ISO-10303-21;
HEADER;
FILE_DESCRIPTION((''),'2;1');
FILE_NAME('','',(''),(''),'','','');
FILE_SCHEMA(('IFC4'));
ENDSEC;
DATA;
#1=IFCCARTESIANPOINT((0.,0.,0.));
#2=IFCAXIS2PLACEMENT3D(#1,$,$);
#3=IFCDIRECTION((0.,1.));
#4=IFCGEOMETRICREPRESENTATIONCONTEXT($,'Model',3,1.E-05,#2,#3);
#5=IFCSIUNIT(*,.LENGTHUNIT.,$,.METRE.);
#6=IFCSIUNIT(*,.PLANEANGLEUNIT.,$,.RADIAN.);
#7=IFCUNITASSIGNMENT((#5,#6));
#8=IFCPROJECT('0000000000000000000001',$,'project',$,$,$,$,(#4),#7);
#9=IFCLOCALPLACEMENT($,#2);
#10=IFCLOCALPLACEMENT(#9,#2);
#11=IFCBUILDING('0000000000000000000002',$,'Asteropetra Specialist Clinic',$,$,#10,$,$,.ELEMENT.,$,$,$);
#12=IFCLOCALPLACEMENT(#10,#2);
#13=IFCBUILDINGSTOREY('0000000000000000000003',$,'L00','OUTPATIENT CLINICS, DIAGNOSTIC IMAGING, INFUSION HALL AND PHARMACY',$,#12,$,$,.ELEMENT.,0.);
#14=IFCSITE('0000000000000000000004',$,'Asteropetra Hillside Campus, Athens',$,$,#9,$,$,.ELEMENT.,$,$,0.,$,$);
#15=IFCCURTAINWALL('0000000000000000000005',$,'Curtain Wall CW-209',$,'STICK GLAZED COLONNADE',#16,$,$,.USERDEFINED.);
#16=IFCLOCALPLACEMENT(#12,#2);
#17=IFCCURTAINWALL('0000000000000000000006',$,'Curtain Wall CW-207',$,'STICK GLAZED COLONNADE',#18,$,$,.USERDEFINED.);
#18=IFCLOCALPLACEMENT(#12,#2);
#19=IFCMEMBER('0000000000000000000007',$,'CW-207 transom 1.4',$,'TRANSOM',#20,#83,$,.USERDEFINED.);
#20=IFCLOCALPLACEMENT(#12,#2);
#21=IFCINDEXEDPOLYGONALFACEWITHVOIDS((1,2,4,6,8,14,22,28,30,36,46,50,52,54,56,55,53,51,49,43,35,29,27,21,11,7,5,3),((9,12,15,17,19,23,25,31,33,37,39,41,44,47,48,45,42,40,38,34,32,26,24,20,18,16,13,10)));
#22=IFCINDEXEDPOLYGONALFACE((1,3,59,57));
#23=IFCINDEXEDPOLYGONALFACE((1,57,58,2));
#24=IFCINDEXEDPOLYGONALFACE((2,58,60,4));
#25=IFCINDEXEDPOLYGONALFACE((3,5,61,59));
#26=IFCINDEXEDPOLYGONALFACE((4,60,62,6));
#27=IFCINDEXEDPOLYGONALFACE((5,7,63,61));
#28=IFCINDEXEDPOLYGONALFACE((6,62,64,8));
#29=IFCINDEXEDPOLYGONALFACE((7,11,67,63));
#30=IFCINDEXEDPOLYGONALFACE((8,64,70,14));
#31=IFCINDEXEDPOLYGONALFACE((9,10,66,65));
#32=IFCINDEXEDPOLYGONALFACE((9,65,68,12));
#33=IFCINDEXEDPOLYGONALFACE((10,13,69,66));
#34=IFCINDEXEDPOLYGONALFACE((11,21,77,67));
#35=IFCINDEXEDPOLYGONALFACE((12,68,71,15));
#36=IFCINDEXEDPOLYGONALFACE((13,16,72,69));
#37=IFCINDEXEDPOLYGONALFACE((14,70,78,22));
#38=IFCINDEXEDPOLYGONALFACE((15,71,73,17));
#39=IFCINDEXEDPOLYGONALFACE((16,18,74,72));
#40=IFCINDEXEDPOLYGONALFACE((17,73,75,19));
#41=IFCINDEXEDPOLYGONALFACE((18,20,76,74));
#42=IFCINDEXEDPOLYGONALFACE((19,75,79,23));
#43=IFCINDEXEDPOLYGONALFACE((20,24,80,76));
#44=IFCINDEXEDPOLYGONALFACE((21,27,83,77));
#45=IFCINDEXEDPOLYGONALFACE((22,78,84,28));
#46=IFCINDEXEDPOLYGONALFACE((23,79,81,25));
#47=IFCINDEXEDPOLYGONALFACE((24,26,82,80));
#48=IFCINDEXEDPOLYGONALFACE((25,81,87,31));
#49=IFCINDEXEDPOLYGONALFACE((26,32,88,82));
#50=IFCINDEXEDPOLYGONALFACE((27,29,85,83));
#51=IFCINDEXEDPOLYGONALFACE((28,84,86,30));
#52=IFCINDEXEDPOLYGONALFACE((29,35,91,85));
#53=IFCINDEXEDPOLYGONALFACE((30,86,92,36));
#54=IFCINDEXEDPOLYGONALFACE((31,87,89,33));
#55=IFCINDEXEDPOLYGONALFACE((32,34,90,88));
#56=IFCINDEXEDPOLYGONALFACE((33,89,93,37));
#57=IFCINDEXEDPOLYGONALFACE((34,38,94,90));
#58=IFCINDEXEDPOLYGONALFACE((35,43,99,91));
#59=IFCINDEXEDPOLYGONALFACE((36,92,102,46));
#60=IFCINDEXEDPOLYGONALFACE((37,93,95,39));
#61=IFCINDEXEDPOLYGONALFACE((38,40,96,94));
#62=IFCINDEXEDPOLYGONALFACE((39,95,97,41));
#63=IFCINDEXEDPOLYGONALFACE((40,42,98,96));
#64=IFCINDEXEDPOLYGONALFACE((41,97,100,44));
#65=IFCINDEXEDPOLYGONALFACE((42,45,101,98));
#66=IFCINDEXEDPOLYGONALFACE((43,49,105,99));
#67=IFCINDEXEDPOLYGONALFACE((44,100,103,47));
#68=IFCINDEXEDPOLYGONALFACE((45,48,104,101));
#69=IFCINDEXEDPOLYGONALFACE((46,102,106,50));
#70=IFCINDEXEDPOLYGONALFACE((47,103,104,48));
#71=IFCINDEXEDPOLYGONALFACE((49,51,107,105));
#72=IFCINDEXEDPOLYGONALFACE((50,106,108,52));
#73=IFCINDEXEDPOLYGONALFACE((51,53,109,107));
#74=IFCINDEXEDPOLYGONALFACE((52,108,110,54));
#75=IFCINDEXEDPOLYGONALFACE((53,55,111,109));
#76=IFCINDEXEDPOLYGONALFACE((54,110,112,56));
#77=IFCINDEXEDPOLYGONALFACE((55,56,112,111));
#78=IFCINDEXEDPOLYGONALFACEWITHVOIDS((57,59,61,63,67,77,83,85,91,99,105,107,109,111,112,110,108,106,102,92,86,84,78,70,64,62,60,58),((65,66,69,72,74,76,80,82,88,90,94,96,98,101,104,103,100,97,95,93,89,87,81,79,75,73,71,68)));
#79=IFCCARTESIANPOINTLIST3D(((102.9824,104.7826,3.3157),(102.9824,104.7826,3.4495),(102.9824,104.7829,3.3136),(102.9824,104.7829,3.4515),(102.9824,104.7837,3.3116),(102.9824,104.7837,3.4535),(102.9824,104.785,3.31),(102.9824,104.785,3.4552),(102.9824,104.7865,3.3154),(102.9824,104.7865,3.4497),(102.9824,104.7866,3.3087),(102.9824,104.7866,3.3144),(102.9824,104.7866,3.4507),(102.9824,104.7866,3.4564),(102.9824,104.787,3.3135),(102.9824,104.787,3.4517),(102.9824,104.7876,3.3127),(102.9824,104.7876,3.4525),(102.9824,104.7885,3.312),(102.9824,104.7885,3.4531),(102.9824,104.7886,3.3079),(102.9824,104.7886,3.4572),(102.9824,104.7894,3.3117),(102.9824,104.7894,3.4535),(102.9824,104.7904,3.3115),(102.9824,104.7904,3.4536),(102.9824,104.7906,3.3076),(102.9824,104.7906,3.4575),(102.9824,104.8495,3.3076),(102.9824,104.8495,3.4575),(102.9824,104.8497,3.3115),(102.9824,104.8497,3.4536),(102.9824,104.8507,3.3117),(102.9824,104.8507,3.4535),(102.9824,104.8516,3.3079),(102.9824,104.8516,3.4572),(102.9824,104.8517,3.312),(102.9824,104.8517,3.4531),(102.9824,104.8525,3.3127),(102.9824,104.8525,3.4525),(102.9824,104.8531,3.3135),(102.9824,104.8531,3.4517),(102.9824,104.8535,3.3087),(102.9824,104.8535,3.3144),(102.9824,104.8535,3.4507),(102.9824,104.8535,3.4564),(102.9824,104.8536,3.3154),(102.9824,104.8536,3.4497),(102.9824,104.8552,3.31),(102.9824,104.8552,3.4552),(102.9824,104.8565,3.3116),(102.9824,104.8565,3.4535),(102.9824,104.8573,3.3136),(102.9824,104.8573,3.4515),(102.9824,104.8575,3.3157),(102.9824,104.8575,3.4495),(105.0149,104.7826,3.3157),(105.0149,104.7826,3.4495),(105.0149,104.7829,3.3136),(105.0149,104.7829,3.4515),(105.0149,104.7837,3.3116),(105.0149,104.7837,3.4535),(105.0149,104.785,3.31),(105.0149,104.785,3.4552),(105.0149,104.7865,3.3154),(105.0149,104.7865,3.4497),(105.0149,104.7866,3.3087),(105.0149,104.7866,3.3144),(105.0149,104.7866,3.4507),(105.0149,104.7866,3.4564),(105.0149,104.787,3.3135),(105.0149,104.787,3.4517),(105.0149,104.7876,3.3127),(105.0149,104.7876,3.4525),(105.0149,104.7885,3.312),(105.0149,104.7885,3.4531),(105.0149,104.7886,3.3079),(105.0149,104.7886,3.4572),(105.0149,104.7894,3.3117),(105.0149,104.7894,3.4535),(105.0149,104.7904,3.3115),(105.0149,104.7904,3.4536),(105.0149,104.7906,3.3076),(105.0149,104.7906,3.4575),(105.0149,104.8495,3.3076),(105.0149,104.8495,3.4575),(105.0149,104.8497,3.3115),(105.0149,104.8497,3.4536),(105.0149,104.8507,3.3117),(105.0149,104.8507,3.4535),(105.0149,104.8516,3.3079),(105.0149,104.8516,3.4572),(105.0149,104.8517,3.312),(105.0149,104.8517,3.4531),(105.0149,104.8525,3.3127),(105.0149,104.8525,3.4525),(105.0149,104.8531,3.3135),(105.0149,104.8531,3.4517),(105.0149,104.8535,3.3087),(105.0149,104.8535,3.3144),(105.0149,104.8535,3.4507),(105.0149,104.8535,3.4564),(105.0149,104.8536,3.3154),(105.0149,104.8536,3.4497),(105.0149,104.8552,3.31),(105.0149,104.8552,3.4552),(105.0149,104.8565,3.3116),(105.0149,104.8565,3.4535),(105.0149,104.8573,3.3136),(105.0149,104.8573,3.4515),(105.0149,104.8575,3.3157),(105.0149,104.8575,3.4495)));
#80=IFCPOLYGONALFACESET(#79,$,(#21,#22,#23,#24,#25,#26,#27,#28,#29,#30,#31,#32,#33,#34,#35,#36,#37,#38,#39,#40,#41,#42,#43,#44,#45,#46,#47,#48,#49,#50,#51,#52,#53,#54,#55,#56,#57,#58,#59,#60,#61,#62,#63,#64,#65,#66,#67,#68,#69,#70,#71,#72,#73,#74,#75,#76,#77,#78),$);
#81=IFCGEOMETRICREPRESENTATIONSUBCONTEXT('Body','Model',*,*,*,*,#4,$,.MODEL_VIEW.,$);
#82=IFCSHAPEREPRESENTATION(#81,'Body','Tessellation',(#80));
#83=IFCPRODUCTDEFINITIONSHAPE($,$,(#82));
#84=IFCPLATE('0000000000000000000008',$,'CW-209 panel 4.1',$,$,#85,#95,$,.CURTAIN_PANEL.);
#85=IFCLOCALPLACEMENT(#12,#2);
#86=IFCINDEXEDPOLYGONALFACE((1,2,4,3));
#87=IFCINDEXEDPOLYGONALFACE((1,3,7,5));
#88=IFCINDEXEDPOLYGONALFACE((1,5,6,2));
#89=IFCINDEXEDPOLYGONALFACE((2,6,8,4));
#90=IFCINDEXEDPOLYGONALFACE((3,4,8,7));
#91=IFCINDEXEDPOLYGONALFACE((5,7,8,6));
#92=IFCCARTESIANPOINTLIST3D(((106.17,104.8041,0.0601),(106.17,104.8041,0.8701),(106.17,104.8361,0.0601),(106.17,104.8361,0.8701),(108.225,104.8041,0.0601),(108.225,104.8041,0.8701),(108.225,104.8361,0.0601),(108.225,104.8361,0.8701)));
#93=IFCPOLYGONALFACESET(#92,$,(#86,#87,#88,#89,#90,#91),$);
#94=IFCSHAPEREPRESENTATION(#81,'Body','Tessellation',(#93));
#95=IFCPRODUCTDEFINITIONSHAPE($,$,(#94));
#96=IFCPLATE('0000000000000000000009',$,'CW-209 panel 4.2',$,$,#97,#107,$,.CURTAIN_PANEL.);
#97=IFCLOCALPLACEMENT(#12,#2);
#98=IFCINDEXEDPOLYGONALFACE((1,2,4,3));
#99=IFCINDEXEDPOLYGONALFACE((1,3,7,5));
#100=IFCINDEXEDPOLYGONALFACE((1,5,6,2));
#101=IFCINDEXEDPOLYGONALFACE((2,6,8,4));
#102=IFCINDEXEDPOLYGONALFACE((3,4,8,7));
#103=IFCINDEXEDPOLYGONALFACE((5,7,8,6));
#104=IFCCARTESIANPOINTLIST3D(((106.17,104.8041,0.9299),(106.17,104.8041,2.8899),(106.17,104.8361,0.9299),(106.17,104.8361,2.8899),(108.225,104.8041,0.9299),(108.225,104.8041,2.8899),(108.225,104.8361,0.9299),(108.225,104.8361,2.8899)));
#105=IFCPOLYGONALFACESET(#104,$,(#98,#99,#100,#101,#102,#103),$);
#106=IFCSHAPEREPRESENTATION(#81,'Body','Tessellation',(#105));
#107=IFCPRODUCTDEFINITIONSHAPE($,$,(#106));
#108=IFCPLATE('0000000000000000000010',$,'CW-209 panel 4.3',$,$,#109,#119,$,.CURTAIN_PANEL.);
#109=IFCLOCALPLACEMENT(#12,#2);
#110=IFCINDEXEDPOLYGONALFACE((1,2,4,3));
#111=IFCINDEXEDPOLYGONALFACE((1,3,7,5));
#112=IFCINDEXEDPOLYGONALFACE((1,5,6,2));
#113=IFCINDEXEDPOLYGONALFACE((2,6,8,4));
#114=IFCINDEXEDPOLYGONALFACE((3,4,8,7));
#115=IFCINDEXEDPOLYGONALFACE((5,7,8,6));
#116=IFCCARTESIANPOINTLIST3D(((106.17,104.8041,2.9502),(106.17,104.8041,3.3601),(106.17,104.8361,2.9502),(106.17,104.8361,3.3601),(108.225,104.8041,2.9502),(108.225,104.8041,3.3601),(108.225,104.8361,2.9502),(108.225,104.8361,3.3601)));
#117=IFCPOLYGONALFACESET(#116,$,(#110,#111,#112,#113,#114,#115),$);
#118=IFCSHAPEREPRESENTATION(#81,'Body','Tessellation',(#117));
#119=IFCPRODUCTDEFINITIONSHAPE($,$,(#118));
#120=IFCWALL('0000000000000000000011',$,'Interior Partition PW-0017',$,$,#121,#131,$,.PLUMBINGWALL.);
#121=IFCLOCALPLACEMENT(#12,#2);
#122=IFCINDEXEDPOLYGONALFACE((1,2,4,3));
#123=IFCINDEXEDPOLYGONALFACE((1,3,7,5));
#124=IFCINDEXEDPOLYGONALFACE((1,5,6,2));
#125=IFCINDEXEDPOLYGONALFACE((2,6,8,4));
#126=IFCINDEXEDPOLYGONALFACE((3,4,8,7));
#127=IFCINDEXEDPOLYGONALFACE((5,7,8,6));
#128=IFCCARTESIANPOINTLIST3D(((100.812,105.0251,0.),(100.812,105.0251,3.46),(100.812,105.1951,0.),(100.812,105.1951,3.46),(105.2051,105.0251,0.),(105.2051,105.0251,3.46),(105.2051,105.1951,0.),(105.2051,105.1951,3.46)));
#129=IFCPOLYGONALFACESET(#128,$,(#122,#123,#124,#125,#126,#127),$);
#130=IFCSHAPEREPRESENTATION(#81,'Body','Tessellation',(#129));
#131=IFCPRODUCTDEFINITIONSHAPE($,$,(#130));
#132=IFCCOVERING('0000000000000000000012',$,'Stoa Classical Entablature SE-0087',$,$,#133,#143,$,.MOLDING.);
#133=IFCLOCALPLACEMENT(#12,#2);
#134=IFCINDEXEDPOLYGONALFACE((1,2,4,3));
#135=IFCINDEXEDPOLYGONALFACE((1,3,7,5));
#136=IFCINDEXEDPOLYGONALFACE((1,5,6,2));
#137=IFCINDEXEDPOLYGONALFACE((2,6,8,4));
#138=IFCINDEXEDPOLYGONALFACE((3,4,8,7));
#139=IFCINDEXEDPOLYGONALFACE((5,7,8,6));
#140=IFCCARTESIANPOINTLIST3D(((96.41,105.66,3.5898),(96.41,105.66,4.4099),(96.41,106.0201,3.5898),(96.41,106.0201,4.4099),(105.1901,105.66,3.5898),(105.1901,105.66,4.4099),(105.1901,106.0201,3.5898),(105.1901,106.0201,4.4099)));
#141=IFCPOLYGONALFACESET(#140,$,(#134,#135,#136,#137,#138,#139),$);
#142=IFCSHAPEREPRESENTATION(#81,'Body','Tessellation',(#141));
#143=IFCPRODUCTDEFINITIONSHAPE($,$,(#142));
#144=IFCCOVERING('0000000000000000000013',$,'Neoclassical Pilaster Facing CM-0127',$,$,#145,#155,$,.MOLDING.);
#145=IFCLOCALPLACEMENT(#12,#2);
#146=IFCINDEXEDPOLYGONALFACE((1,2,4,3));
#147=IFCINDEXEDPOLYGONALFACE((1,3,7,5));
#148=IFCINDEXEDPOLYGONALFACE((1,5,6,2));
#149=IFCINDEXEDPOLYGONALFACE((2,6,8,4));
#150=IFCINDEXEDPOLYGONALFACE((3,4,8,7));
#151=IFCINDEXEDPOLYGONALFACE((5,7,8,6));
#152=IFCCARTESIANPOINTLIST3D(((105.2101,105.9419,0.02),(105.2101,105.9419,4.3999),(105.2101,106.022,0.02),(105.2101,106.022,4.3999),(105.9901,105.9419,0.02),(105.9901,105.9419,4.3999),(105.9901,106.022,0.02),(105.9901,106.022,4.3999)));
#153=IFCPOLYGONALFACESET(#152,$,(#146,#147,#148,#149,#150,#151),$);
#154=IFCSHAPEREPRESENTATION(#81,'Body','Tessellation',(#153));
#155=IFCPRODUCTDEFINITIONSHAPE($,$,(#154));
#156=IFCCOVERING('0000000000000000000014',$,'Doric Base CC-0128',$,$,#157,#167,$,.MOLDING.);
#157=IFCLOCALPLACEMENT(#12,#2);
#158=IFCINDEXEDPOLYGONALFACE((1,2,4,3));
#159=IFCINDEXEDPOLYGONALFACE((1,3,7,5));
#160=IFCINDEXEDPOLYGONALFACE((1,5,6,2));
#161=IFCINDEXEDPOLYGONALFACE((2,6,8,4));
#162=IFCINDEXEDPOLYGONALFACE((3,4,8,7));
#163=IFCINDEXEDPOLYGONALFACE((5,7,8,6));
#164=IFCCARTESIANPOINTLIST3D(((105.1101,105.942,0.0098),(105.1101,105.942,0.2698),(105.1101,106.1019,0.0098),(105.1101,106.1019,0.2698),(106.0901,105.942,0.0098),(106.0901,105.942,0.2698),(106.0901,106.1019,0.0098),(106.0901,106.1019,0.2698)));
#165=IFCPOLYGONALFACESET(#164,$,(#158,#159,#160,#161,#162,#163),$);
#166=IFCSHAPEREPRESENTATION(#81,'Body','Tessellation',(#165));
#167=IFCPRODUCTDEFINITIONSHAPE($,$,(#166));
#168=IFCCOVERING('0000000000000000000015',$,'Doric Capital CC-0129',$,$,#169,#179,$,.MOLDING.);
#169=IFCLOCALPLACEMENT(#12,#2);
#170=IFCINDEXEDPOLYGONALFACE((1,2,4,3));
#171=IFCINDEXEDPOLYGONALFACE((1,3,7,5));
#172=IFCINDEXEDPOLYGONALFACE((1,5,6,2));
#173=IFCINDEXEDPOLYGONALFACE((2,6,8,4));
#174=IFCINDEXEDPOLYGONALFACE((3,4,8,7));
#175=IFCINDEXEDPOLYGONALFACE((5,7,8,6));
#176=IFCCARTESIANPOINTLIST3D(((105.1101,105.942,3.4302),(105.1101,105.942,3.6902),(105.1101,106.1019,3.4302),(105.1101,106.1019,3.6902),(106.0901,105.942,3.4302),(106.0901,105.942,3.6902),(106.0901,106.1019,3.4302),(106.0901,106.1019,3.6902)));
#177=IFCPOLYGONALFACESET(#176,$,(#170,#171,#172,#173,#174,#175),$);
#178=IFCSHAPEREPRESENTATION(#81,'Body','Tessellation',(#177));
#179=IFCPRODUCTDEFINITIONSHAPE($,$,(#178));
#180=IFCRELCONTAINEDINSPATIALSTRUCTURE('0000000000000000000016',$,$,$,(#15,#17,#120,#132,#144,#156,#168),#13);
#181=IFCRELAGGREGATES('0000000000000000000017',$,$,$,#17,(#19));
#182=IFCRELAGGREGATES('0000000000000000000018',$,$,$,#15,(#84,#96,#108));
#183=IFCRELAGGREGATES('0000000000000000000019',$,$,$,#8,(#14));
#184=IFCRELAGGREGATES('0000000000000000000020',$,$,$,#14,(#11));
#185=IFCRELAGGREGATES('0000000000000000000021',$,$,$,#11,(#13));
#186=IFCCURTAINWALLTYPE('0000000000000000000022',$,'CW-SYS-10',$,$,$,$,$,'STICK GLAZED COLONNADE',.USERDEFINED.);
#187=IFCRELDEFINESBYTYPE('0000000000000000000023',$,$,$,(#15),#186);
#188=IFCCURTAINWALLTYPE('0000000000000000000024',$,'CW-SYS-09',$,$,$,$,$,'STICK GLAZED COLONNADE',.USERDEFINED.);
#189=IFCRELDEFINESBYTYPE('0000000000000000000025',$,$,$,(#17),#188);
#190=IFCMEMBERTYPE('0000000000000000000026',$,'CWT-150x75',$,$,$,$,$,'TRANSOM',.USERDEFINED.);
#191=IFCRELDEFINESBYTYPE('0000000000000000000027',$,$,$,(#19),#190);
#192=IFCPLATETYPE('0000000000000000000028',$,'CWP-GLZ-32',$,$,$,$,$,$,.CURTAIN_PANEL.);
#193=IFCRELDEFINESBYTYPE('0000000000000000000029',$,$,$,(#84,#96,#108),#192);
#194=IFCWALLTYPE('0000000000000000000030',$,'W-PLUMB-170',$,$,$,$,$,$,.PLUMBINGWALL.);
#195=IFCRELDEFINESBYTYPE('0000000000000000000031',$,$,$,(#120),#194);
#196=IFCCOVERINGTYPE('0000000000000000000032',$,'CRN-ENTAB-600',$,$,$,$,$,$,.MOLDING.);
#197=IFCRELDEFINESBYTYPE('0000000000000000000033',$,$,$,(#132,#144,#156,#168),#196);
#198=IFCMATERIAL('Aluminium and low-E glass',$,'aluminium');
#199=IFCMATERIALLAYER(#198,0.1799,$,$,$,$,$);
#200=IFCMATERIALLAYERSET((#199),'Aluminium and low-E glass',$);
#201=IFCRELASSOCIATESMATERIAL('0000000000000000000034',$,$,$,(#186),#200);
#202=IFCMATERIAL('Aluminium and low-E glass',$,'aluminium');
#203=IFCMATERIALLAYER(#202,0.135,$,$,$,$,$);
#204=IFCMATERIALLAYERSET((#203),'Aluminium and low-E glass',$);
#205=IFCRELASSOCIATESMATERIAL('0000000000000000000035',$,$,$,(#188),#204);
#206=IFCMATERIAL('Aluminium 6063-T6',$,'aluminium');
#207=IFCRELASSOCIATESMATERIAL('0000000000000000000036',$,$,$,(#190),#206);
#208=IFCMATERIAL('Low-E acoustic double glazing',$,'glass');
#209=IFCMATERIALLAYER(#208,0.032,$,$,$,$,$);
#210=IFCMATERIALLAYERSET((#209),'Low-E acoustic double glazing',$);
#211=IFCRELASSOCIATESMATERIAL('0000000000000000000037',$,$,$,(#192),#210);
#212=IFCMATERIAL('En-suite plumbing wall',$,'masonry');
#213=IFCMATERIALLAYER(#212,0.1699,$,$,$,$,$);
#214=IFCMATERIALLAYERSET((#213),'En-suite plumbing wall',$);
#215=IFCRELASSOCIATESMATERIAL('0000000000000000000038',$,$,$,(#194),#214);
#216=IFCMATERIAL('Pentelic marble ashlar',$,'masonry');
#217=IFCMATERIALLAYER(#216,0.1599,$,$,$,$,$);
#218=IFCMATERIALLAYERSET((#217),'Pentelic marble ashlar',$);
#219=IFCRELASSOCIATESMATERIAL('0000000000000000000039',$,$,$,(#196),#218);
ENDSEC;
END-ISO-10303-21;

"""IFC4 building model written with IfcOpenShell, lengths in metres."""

from ifc_helpers import new_model, si_unit, direction, frame, frame_2d, origin, origin_2d, place, context, subcontext, project, spatial, rectangle, hollow_rectangle, extrude, material, layer, layer_set, material_profile, profile_set, type_object, element, aggregate, save


model = new_model("IFC4")

# Units and contexts
model_context = context("Model", 3, precision=1e-05, world=origin(), true_north=direction((0.0, 1.0)))
body_context = subcontext(model_context, "Body", "Model", "MODEL_VIEW")
ifc_project = project(units=[si_unit("LENGTHUNIT", "METRE"), si_unit("PLANEANGLEUNIT", "RADIAN")], contexts=[model_context])

# Site, building, storey
site_placement = place(None, origin())
site = spatial("IfcSite", under=ifc_project, at=site_placement, Name="Asteropetra Hillside Campus, Athens", CompositionType="ELEMENT", RefElevation=0.0)
building_placement = place(site_placement, origin())
building = spatial("IfcBuilding", under=site, at=building_placement, Name="Asteropetra Specialist Clinic", CompositionType="ELEMENT")
storey_placement = place(building_placement, origin())
storey = spatial("IfcBuildingStorey", under=building, at=storey_placement, Name="L00", Description="OUTPATIENT CLINICS, DIAGNOSTIC IMAGING, INFUSION HALL AND PHARMACY", CompositionType="ELEMENT", Elevation=0.0)

# Curtain walls
ifc_material_1 = material(Name="Aluminium and low-E glass", Category="aluminium")
ifc_layer_1 = layer(ifc_material_1, 0.1799)
ifc_layer_set_1 = layer_set([ifc_layer_1], Name="Aluminium and low-E glass")
curtain_wall_type_1 = type_object("IfcCurtainWallType", Name="CW-SYS-10", ElementType="STICK GLAZED COLONNADE", PredefinedType="USERDEFINED", material=ifc_layer_set_1)
curtain_wall_1_placement = place(storey_placement, origin())
curtain_wall_1 = element("IfcCurtainWall", 1, at=curtain_wall_1_placement, inside=storey, type_object=curtain_wall_type_1, Name="Curtain Wall CW-209", ObjectType="STICK GLAZED COLONNADE", PredefinedType="USERDEFINED")
ifc_material_2 = material(Name="Aluminium and low-E glass", Category="aluminium")
ifc_layer_2 = layer(ifc_material_2, 0.135)
ifc_layer_set_2 = layer_set([ifc_layer_2], Name="Aluminium and low-E glass")
curtain_wall_type_2 = type_object("IfcCurtainWallType", Name="CW-SYS-09", ElementType="STICK GLAZED COLONNADE", PredefinedType="USERDEFINED", material=ifc_layer_set_2)
curtain_wall_2_placement = place(storey_placement, origin())
curtain_wall_2 = element("IfcCurtainWall", 2, at=curtain_wall_2_placement, inside=storey, type_object=curtain_wall_type_2, Name="Curtain Wall CW-207", ObjectType="STICK GLAZED COLONNADE", PredefinedType="USERDEFINED")

# Member
ifc_material_3 = material(Name="Aluminium 6063-T6", Category="aluminium")
ifc_material_profile_1 = material_profile(ifc_material_3, hollow_rectangle(XDim=0.075, YDim=0.1499, WallThickness=0.0039, InnerFilletRadius=0.0039, OuterFilletRadius=0.0081, at=origin_2d()), Name="TRN 150x75x4.0")
ifc_profile_set_1 = profile_set([ifc_material_profile_1], Name="Aluminium 6063-T6")
member_type_1 = type_object("IfcMemberType", Name="CWT-150x75", ElementType="TRANSOM", PredefinedType="USERDEFINED", material=ifc_profile_set_1)
member_1_placement = place(storey_placement, frame((105.0149, 104.8201, 3.3826), z_axis=(-1.0, 0.0, 0.0), x_axis=(0.0, -1.0, 0.0)))
member_1 = element("IfcMember", 3, at=member_1_placement, type_object=member_type_1, Name="CW-207 transom 1.4", ObjectType="TRANSOM", PredefinedType="USERDEFINED", context=body_context, shape_type="SweptSolid", body=[
    extrude(hollow_rectangle(XDim=0.075, YDim=0.1499, WallThickness=0.0039, InnerFilletRadius=0.0039, OuterFilletRadius=0.0081, at=origin_2d()), origin(), (0.0, 0.0, 1.0), 2.0325),
])
aggregate(curtain_wall_2, [member_1])

# Plates
ifc_material_4 = material(Name="Low-E acoustic double glazing", Category="glass")
ifc_layer_3 = layer(ifc_material_4, 0.032)
ifc_layer_set_3 = layer_set([ifc_layer_3], Name="Low-E acoustic double glazing")
plate_type = type_object("IfcPlateType", Name="CWP-GLZ-32", PredefinedType="CURTAIN_PANEL", material=ifc_layer_set_3)
plate_1_placement = place(storey_placement, frame((107.1975, 104.8201, 0.0601), z_axis=(0.0, 0.0, 1.0), x_axis=(-1.0, 0.0, 0.0)))
plate_1 = element("IfcPlate", 4, at=plate_1_placement, type_object=plate_type, Name="CW-209 panel 4.1", PredefinedType="CURTAIN_PANEL", context=body_context, shape_type="SweptSolid", body=[
    extrude(rectangle(XDim=2.0549, YDim=0.032, at=origin_2d()), origin(), (0.0, 0.0, 1.0), 0.8101),
])
plate_2_placement = place(storey_placement, frame((107.1975, 104.8201, 0.9299), z_axis=(0.0, 0.0, 1.0), x_axis=(-1.0, 0.0, 0.0)))
plate_2 = element("IfcPlate", 5, at=plate_2_placement, type_object=plate_type, Name="CW-209 panel 4.2", PredefinedType="CURTAIN_PANEL", context=body_context, shape_type="SweptSolid", body=[
    extrude(rectangle(XDim=2.0549, YDim=0.032, at=origin_2d()), origin(), (0.0, 0.0, 1.0), 1.96),
])
plate_3_placement = place(storey_placement, frame((107.1975, 104.8201, 2.9502), z_axis=(0.0, 0.0, 1.0), x_axis=(-1.0, 0.0, 0.0)))
plate_3 = element("IfcPlate", 6, at=plate_3_placement, type_object=plate_type, Name="CW-209 panel 4.3", PredefinedType="CURTAIN_PANEL", context=body_context, shape_type="SweptSolid", body=[
    extrude(rectangle(XDim=2.0549, YDim=0.032, at=origin_2d()), origin(), (0.0, 0.0, 1.0), 0.4099),
])
aggregate(curtain_wall_1, [plate_1, plate_2, plate_3])

# Wall
ifc_material_5 = material(Name="En-suite plumbing wall", Category="masonry")
ifc_layer_4 = layer(ifc_material_5, 0.1699)
ifc_layer_set_4 = layer_set([ifc_layer_4], Name="En-suite plumbing wall")
wall_type = type_object("IfcWallType", Name="W-PLUMB-170", PredefinedType="PLUMBINGWALL", material=ifc_layer_set_4)
wall_placement = place(storey_placement, frame((100.812, 105.1101, 0.0), z_axis=(0.0, 0.0, 1.0), x_axis=(1.0, 0.0, 0.0)))
element("IfcWall", 7, at=wall_placement, inside=storey, type_object=wall_type, Name="Interior Partition PW-0017", PredefinedType="PLUMBINGWALL", context=body_context, shape_type="SweptSolid", body=[
    extrude(rectangle(XDim=4.3931, YDim=0.1699, at=frame_2d((2.1965, 0.0))), origin(), (0.0, 0.0, 1.0), 3.46),
])

# Coverings
ifc_material_6 = material(Name="Pentelic marble ashlar", Category="masonry")
ifc_layer_5 = layer(ifc_material_6, 0.1599)
ifc_layer_set_5 = layer_set([ifc_layer_5], Name="Pentelic marble ashlar")
covering_type = type_object("IfcCoveringType", Name="CRN-ENTAB-600", PredefinedType="MOLDING", material=ifc_layer_set_5)
covering_1_placement = place(storey_placement, frame((100.8, 105.8401, 3.5898), z_axis=(0.0, 0.0, 1.0), x_axis=(1.0, 0.0, 0.0)))
element("IfcCovering", 8, at=covering_1_placement, inside=storey, type_object=covering_type, Name="Stoa Classical Entablature SE-0087", PredefinedType="MOLDING", context=body_context, shape_type="SweptSolid", body=[
    extrude(rectangle(XDim=8.78, YDim=0.3601, at=origin_2d()), origin(), (0.0, 0.0, 1.0), 0.8201),
])
covering_2_placement = place(storey_placement, frame((105.6001, 105.9819, 0.02), z_axis=(0.0, 0.0, 1.0), x_axis=(1.0, 0.0, 0.0)))
element("IfcCovering", 9, at=covering_2_placement, inside=storey, type_object=covering_type, Name="Neoclassical Pilaster Facing CM-0127", PredefinedType="MOLDING", context=body_context, shape_type="SweptSolid", body=[
    extrude(rectangle(XDim=0.78, YDim=0.0801, at=origin_2d()), origin(), (0.0, 0.0, 1.0), 4.3799),
])
for number, where, z_axis, x_axis, name in (
    (10, (105.6001, 106.022, 0.0098), (0.0, 0.0, 1.0), (1.0, 0.0, 0.0), "Doric Base CC-0128"),
    (11, (105.6001, 106.022, 3.4302), (0.0, 0.0, 1.0), (1.0, 0.0, 0.0), "Doric Capital CC-0129"),
):
    element("IfcCovering", number, at=place(storey_placement, frame(where, z_axis=z_axis, x_axis=x_axis)), inside=storey, type_object=covering_type, Name=name, PredefinedType="MOLDING", context=body_context, shape_type="SweptSolid", body=[
        extrude(rectangle(XDim=0.98, YDim=0.1599, at=origin_2d()), origin(), (0.0, 0.0, 1.0), 0.26),
    ])

save(model, "model.ifc")
